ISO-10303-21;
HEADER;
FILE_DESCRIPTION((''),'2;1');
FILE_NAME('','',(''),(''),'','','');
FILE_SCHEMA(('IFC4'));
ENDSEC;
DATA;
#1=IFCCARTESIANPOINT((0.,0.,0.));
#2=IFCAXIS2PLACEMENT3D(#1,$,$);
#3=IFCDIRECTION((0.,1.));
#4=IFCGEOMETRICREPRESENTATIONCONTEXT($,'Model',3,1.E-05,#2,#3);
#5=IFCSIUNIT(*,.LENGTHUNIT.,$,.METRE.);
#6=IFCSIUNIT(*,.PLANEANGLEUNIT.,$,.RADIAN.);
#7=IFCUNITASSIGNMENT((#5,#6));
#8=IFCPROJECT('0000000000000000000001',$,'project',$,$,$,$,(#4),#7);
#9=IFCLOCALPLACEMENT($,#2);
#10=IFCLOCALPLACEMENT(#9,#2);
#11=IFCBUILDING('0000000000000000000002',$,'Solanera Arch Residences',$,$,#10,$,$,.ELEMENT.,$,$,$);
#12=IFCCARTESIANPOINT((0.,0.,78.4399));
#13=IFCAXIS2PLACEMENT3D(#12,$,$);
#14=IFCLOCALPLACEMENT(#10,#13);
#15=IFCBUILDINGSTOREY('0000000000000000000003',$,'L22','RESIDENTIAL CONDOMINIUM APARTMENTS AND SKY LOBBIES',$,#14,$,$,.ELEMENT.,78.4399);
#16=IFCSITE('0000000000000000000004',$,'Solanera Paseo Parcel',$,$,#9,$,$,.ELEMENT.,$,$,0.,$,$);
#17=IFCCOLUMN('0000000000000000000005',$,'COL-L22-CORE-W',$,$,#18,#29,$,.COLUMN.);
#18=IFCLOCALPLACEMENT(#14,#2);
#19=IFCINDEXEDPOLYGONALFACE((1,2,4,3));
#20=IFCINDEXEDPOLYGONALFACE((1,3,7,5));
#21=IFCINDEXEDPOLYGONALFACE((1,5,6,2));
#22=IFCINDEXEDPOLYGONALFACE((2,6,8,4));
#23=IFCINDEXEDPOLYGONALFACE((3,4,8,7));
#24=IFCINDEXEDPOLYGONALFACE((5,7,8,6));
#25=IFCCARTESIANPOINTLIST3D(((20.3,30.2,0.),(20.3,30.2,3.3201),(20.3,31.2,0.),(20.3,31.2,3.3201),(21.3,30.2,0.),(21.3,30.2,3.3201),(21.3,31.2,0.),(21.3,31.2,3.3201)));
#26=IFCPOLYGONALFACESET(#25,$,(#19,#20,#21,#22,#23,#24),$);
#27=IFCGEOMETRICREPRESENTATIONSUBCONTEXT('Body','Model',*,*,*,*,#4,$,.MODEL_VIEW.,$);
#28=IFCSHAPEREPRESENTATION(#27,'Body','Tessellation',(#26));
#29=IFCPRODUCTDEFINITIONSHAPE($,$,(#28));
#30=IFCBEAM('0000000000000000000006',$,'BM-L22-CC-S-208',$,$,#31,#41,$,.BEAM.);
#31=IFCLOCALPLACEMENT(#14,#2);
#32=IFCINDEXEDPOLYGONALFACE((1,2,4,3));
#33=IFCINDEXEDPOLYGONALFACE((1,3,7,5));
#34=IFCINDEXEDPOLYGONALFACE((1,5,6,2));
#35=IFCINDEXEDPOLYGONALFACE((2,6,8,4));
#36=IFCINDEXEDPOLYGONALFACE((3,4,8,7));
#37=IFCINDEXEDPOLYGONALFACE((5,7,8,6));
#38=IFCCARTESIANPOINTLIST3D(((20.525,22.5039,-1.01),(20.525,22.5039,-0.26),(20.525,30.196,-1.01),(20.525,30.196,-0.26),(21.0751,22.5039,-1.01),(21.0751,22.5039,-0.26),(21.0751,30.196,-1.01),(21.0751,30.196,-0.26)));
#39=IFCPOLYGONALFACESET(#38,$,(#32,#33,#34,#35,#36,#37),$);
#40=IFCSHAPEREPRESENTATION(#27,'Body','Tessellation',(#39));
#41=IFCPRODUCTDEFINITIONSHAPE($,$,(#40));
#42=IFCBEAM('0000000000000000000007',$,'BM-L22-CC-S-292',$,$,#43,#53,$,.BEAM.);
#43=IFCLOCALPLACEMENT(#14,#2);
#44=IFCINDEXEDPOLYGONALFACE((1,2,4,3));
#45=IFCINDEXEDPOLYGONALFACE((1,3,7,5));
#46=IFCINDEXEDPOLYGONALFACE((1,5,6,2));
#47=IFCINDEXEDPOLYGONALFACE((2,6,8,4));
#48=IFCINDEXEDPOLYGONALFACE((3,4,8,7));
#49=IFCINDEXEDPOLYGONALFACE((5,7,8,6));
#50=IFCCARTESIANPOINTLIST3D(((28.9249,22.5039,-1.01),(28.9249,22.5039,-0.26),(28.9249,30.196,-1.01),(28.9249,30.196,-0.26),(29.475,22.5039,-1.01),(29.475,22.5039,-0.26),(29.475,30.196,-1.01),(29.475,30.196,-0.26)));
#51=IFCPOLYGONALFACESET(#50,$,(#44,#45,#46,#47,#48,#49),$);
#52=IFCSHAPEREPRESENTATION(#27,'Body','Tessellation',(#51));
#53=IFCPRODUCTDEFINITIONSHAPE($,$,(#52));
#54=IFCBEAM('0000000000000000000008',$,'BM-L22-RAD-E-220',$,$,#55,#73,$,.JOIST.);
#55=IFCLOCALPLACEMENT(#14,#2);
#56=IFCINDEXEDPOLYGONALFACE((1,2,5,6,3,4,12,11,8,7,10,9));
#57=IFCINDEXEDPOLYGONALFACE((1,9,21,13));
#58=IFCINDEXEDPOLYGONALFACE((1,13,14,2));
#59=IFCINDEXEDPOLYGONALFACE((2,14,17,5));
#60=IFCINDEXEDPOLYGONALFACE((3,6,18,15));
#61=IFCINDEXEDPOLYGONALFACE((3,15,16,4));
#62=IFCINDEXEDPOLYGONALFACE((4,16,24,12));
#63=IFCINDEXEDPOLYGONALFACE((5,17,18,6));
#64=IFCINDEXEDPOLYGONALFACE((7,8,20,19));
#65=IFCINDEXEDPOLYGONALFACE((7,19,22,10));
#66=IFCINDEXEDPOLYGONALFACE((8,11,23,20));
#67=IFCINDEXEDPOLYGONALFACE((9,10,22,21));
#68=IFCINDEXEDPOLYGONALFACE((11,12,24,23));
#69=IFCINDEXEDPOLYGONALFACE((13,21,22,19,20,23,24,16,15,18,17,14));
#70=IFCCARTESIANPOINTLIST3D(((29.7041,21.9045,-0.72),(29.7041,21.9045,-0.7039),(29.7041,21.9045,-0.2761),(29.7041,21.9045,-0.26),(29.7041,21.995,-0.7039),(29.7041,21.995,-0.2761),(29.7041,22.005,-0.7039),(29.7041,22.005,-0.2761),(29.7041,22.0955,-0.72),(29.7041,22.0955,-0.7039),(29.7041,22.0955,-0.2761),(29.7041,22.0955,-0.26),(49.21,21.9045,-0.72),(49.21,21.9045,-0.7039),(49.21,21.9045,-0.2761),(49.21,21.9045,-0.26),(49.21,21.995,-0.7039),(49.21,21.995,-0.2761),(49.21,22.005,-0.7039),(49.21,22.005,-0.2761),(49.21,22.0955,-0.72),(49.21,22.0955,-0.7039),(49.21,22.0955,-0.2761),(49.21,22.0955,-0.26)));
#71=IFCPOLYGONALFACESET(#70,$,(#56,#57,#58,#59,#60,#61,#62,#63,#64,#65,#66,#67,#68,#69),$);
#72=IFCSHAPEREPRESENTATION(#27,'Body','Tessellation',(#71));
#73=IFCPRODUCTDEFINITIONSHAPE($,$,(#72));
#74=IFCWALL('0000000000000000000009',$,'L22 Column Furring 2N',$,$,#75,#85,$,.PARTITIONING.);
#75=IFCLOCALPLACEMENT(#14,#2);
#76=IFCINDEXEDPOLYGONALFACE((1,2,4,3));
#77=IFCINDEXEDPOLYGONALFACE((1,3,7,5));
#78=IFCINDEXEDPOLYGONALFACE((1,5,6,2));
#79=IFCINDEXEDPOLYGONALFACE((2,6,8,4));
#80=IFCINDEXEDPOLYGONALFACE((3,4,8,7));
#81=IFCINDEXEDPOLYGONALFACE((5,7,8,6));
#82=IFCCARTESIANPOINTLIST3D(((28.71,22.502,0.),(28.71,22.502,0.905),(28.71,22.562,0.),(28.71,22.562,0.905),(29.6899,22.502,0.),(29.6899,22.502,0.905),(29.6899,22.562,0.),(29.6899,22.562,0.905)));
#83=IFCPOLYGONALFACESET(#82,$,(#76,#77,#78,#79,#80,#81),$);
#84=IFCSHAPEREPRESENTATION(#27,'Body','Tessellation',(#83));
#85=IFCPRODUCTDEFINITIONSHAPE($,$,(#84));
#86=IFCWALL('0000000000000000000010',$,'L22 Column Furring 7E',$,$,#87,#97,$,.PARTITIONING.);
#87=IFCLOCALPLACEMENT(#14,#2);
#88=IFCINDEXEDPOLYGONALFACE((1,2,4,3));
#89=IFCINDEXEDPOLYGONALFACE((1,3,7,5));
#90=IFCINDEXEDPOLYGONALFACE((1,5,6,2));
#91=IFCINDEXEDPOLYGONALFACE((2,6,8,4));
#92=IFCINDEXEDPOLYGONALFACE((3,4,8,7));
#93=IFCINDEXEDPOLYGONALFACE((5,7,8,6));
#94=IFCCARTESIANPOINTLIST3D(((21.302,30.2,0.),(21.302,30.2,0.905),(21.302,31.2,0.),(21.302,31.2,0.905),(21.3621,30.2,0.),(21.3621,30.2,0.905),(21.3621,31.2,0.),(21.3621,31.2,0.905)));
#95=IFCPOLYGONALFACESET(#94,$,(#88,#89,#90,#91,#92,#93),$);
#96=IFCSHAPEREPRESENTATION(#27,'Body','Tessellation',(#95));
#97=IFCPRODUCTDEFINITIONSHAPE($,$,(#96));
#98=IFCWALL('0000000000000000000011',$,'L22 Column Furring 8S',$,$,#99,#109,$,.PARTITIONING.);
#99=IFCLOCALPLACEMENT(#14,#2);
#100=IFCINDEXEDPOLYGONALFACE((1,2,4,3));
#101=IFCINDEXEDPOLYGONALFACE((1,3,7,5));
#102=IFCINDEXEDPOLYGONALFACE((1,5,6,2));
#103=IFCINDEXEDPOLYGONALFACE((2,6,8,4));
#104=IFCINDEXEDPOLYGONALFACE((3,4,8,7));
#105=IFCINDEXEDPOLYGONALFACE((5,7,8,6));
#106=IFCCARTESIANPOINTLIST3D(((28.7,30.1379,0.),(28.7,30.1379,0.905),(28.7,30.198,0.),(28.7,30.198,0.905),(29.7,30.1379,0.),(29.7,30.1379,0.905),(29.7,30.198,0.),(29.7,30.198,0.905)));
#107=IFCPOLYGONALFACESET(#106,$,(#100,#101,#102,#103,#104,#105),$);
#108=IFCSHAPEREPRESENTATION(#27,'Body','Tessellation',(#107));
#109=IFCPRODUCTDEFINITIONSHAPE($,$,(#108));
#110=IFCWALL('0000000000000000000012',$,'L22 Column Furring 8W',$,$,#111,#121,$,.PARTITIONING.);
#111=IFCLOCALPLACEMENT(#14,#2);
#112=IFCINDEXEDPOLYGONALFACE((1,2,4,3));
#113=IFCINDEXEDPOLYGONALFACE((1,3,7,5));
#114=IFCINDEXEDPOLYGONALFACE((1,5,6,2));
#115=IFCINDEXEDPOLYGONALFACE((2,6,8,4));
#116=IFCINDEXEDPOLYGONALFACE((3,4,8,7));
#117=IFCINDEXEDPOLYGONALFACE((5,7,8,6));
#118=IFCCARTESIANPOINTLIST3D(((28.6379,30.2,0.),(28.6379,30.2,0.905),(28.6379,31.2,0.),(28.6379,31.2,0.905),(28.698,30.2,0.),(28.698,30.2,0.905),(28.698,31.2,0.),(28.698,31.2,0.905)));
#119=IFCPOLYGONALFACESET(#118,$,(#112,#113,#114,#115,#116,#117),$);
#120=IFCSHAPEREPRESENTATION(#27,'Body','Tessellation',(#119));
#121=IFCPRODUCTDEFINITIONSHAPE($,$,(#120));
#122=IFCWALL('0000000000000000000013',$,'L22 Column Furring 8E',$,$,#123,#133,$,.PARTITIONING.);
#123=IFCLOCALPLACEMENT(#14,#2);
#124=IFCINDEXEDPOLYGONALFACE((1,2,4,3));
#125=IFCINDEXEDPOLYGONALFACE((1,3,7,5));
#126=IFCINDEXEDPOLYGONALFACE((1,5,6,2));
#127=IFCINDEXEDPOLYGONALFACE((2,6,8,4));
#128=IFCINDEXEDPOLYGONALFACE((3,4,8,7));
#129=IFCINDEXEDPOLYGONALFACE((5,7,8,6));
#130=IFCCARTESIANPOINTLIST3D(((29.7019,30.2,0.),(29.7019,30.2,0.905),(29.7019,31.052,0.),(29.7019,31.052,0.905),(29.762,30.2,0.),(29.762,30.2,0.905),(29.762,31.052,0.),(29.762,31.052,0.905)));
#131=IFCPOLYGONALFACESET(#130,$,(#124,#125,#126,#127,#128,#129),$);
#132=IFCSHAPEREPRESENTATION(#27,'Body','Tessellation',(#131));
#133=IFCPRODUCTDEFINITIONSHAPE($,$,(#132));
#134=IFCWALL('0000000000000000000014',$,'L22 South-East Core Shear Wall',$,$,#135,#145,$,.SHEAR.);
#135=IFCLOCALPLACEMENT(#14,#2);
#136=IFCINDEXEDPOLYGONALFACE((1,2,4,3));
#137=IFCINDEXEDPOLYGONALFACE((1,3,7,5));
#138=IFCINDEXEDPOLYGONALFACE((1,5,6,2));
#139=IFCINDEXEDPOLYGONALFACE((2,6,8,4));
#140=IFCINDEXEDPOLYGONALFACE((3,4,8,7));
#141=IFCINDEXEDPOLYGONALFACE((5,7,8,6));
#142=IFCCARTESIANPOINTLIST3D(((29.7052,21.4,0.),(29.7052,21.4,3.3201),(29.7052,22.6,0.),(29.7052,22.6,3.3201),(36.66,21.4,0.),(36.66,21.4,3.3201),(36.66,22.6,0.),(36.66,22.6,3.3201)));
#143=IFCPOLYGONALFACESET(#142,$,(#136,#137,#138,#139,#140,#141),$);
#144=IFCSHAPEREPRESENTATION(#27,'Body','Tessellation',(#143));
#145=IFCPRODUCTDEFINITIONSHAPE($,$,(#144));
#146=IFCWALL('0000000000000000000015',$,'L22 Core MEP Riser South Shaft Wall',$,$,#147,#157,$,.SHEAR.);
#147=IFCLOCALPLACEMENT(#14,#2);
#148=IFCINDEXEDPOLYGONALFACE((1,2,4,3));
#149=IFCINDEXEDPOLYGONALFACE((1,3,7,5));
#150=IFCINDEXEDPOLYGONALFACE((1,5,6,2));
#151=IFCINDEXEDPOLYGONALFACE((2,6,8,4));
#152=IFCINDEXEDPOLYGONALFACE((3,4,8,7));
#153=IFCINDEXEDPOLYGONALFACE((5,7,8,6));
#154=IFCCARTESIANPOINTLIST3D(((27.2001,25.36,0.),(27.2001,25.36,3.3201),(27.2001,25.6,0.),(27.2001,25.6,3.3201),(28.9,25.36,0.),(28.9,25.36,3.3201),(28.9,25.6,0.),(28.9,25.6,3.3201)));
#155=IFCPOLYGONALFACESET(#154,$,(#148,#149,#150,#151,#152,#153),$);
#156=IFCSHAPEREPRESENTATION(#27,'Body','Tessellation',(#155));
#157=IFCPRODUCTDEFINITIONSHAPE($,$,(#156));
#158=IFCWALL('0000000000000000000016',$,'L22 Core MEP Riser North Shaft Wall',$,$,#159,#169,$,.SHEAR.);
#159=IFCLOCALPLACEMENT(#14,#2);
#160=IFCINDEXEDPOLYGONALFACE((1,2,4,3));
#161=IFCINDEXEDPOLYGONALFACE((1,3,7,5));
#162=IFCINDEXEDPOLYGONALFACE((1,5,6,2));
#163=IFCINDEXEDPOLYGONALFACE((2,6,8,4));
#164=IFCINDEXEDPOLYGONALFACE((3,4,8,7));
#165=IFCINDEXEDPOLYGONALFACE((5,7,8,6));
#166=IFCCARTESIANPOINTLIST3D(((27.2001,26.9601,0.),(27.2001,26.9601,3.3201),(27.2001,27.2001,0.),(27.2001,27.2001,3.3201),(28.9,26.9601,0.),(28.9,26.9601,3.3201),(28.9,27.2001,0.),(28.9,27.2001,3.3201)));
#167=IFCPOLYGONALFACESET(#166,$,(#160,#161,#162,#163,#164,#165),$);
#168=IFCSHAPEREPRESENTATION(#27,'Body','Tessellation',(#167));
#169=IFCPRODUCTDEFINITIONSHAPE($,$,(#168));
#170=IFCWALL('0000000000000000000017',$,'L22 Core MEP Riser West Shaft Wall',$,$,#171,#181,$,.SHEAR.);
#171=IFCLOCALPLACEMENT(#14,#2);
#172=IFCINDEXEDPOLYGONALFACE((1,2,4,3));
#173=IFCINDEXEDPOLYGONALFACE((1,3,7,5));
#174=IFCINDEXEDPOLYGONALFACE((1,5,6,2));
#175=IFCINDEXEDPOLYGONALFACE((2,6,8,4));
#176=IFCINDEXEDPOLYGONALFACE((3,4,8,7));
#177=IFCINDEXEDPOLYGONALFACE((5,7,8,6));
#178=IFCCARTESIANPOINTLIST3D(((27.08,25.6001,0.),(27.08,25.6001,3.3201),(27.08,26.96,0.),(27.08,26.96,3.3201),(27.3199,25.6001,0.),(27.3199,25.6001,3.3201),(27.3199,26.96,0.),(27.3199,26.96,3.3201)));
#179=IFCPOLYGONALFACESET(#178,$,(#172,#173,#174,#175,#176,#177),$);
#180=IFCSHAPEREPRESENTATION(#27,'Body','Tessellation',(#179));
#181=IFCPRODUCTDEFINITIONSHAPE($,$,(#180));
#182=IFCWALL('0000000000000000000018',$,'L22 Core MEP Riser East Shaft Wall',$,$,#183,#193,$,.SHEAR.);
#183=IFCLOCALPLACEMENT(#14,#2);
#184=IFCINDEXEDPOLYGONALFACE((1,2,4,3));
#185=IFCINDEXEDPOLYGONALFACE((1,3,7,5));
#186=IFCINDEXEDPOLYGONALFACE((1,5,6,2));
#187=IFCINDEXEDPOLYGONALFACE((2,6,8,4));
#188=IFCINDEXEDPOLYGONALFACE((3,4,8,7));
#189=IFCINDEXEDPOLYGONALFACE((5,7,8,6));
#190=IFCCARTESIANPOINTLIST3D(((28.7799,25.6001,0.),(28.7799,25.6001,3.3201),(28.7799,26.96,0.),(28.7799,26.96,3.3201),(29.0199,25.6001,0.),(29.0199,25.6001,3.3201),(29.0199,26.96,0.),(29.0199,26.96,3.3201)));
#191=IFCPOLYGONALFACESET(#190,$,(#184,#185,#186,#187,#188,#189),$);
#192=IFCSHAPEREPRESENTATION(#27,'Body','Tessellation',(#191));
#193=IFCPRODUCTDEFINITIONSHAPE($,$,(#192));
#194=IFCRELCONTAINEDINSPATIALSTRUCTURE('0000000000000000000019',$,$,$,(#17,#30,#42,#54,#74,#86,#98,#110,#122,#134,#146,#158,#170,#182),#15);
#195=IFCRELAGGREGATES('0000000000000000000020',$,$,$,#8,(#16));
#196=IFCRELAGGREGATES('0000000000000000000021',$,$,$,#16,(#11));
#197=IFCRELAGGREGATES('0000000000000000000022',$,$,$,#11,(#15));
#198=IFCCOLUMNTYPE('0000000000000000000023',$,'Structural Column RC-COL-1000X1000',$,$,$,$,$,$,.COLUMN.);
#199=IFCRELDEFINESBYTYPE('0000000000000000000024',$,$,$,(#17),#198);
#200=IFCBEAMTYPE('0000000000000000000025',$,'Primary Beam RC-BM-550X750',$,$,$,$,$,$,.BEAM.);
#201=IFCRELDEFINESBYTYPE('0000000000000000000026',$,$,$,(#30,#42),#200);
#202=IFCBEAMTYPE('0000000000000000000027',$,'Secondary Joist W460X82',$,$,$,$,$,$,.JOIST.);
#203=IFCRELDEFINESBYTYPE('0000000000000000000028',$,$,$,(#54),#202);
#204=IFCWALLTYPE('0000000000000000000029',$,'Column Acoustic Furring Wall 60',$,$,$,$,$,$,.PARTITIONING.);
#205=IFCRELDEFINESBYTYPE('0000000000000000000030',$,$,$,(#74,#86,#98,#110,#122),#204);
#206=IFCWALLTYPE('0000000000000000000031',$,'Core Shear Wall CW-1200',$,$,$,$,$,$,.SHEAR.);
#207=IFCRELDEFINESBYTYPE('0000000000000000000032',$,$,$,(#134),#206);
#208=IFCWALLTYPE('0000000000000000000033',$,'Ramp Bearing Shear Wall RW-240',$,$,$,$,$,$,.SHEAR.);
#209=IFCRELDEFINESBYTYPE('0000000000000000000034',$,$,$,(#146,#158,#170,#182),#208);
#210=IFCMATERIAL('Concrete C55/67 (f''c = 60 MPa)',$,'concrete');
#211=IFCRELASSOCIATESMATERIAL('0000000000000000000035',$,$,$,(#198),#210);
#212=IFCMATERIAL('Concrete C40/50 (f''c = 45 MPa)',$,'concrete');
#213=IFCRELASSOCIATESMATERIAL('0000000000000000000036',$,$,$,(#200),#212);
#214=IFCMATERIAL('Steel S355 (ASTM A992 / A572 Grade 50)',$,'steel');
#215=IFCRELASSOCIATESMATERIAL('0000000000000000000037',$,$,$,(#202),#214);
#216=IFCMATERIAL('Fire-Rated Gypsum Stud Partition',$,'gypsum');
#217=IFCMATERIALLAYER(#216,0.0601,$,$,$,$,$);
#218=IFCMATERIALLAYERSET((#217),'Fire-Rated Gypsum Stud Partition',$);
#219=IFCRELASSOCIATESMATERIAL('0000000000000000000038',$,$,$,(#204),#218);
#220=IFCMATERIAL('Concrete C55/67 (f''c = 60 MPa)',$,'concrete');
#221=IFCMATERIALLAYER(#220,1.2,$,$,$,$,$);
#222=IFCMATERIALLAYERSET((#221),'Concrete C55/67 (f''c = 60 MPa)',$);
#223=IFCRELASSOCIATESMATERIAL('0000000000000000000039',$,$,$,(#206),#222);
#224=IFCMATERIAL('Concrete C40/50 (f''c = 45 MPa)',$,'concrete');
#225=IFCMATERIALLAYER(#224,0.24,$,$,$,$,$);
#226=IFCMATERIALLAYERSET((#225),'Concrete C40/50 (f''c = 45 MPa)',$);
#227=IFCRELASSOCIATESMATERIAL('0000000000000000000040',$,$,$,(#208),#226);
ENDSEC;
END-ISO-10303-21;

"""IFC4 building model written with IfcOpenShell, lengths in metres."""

from ifc_helpers import new_model, si_unit, direction, frame, frame_2d, origin, origin_2d, place, context, subcontext, project, spatial, rectangle, i_section, extrude, material, layer, layer_set, material_profile, profile_set, type_object, element, save


model = new_model("IFC4")

# Units and contexts
model_context = context("Model", 3, precision=1e-05, world=origin(), true_north=direction((0.0, 1.0)))
body_context = subcontext(model_context, "Body", "Model", "MODEL_VIEW")
ifc_project = project(units=[si_unit("LENGTHUNIT", "METRE"), si_unit("PLANEANGLEUNIT", "RADIAN")], contexts=[model_context])

# Site, building, storey
site_placement = place(None, origin())
site = spatial("IfcSite", under=ifc_project, at=site_placement, Name="Solanera Paseo Parcel", CompositionType="ELEMENT", RefElevation=0.0)
building_placement = place(site_placement, origin())
building = spatial("IfcBuilding", under=site, at=building_placement, Name="Solanera Arch Residences", CompositionType="ELEMENT")
storey_placement = place(building_placement, frame((0.0, 0.0, 78.4399)))
storey = spatial("IfcBuildingStorey", under=building, at=storey_placement, Name="L22", Description="RESIDENTIAL CONDOMINIUM APARTMENTS AND SKY LOBBIES", CompositionType="ELEMENT", Elevation=78.4399)

# Column
ifc_material_1 = material(Name="Concrete C55/67 (f'c = 60 MPa)", Category="concrete")
ifc_material_profile_1 = material_profile(ifc_material_1, rectangle(XDim=1.0, YDim=1.0, at=origin_2d()))
ifc_profile_set_1 = profile_set([ifc_material_profile_1], Name="Concrete C55/67 (f'c = 60 MPa)")
column_type = type_object("IfcColumnType", Name="Structural Column RC-COL-1000X1000", PredefinedType="COLUMN", material=ifc_profile_set_1)
column_placement = place(storey_placement, frame((20.8, 30.7, 0.0), z_axis=(0.0, 0.0, 1.0), x_axis=(1.0, 0.0, 0.0)))
element("IfcColumn", 1, at=column_placement, inside=storey, type_object=column_type, Name="COL-L22-CORE-W", PredefinedType="COLUMN", context=body_context, shape_type="SweptSolid", body=[
    extrude(rectangle(XDim=1.0, YDim=1.0, at=origin_2d()), origin(), (0.0, 0.0, 1.0), 3.3201),
])

# Beams
ifc_material_2 = material(Name="Concrete C40/50 (f'c = 45 MPa)", Category="concrete")
ifc_material_profile_2 = material_profile(ifc_material_2, rectangle(XDim=0.55, YDim=0.75, at=origin_2d()))
ifc_profile_set_2 = profile_set([ifc_material_profile_2], Name="Concrete C40/50 (f'c = 45 MPa)")
beam_type_1 = type_object("IfcBeamType", Name="Primary Beam RC-BM-550X750", PredefinedType="BEAM", material=ifc_profile_set_2)
for number, where, z_axis, x_axis, name in (
    (2, (20.8, 22.5039, -0.635), (0.0, 1.0, 0.0), (-1.0, 0.0, 0.0), "BM-L22-CC-S-208"),
    (3, (29.2, 22.5039, -0.635), (0.0, 1.0, 0.0), (-1.0, 0.0, 0.0), "BM-L22-CC-S-292"),
):
    element("IfcBeam", number, at=place(storey_placement, frame(where, z_axis=z_axis, x_axis=x_axis)), inside=storey, type_object=beam_type_1, Name=name, PredefinedType="BEAM", context=body_context, shape_type="SweptSolid", body=[
        extrude(rectangle(XDim=0.55, YDim=0.75, at=origin_2d()), origin(), (0.0, 0.0, 1.0), 7.6921),
    ])
ifc_material_3 = material(Name="Steel S355 (ASTM A992 / A572 Grade 50)", Category="steel")
ifc_material_profile_3 = material_profile(ifc_material_3, i_section(OverallWidth=0.1909, OverallDepth=0.46, WebThickness=0.01, FlangeThickness=0.0161, at=origin_2d()))
ifc_profile_set_3 = profile_set([ifc_material_profile_3], Name="Steel S355 (ASTM A992 / A572 Grade 50)")
beam_type_2 = type_object("IfcBeamType", Name="Secondary Joist W460X82", PredefinedType="JOIST", material=ifc_profile_set_3)
beam_placement = place(storey_placement, frame((29.7041, 22.0, -0.49), z_axis=(1.0, 0.0, 0.0), x_axis=(0.0, 1.0, 0.0)))
element("IfcBeam", 4, at=beam_placement, inside=storey, type_object=beam_type_2, Name="BM-L22-RAD-E-220", PredefinedType="JOIST", context=body_context, shape_type="SweptSolid", body=[
    extrude(i_section(OverallWidth=0.1909, OverallDepth=0.46, WebThickness=0.01, FlangeThickness=0.0161, at=origin_2d()), origin(), (0.0, 0.0, 1.0), 19.5059),
])

# Walls
ifc_material_4 = material(Name="Fire-Rated Gypsum Stud Partition", Category="gypsum")
ifc_layer_1 = layer(ifc_material_4, 0.0601)
ifc_layer_set_1 = layer_set([ifc_layer_1], Name="Fire-Rated Gypsum Stud Partition")
wall_type_1 = type_object("IfcWallType", Name="Column Acoustic Furring Wall 60", PredefinedType="PARTITIONING", material=ifc_layer_set_1)
wall_1_placement = place(storey_placement, frame((28.71, 22.532, 0.0), z_axis=(0.0, 0.0, 1.0), x_axis=(1.0, 0.0, 0.0)))
element("IfcWall", 5, at=wall_1_placement, inside=storey, type_object=wall_type_1, Name="L22 Column Furring 2N", PredefinedType="PARTITIONING", context=body_context, shape_type="SweptSolid", body=[
    extrude(rectangle(XDim=0.98, YDim=0.0601, at=frame_2d((0.49, 0.0))), origin(), (0.0, 0.0, 1.0), 0.905),
])
for number, where, z_axis, x_axis, name in (
    (6, (21.332, 30.2, 0.0), (0.0, 0.0, 1.0), (0.0, 1.0, 0.0), "L22 Column Furring 7E"),
    (7, (28.7, 30.168, 0.0), (0.0, 0.0, 1.0), (1.0, 0.0, 0.0), "L22 Column Furring 8S"),
    (8, (28.668, 30.2, 0.0), (0.0, 0.0, 1.0), (0.0, 1.0, 0.0), "L22 Column Furring 8W"),
):
    element("IfcWall", number, at=place(storey_placement, frame(where, z_axis=z_axis, x_axis=x_axis)), inside=storey, type_object=wall_type_1, Name=name, PredefinedType="PARTITIONING", context=body_context, shape_type="SweptSolid", body=[
        extrude(rectangle(XDim=1.0, YDim=0.0601, at=frame_2d((0.5, 0.0))), origin(), (0.0, 0.0, 1.0), 0.905),
    ])
wall_2_placement = place(storey_placement, frame((29.7319, 30.2, 0.0), z_axis=(0.0, 0.0, 1.0), x_axis=(0.0, 1.0, 0.0)))
element("IfcWall", 9, at=wall_2_placement, inside=storey, type_object=wall_type_1, Name="L22 Column Furring 8E", PredefinedType="PARTITIONING", context=body_context, shape_type="SweptSolid", body=[
    extrude(rectangle(XDim=0.8521, YDim=0.0601, at=frame_2d((0.426, 0.0))), origin(), (0.0, 0.0, 1.0), 0.905),
])
ifc_material_5 = material(Name="Concrete C55/67 (f'c = 60 MPa)", Category="concrete")
ifc_layer_2 = layer(ifc_material_5, 1.2)
ifc_layer_set_2 = layer_set([ifc_layer_2], Name="Concrete C55/67 (f'c = 60 MPa)")
wall_type_2 = type_object("IfcWallType", Name="Core Shear Wall CW-1200", PredefinedType="SHEAR", material=ifc_layer_set_2)
wall_3_placement = place(storey_placement, frame((29.7051, 22.0, 0.0), z_axis=(0.0, 0.0, 1.0), x_axis=(1.0, 0.0, 0.0)))
element("IfcWall", 10, at=wall_3_placement, inside=storey, type_object=wall_type_2, Name="L22 South-East Core Shear Wall", PredefinedType="SHEAR", context=body_context, shape_type="SweptSolid", body=[
    extrude(rectangle(XDim=6.9548, YDim=1.2, at=frame_2d((3.4775, 0.0))), origin(), (0.0, 0.0, 1.0), 3.3201),
])
ifc_material_6 = material(Name="Concrete C40/50 (f'c = 45 MPa)", Category="concrete")
ifc_layer_3 = layer(ifc_material_6, 0.24)
ifc_layer_set_3 = layer_set([ifc_layer_3], Name="Concrete C40/50 (f'c = 45 MPa)")
wall_type_3 = type_object("IfcWallType", Name="Ramp Bearing Shear Wall RW-240", PredefinedType="SHEAR", material=ifc_layer_set_3)
for number, where, z_axis, x_axis, name in (
    (11, (27.2, 25.48, 0.0), (0.0, 0.0, 1.0), (1.0, 0.0, 0.0), "L22 Core MEP Riser South Shaft Wall"),
    (12, (27.2, 27.0801, 0.0), (0.0, 0.0, 1.0), (1.0, 0.0, 0.0), "L22 Core MEP Riser North Shaft Wall"),
):
    element("IfcWall", number, at=place(storey_placement, frame(where, z_axis=z_axis, x_axis=x_axis)), inside=storey, type_object=wall_type_3, Name=name, PredefinedType="SHEAR", context=body_context, shape_type="SweptSolid", body=[
        extrude(rectangle(XDim=1.7, YDim=0.24, at=frame_2d((0.8501, 0.0))), origin(), (0.0, 0.0, 1.0), 3.3201),
    ])
for number, where, z_axis, x_axis, name in (
    (13, (27.2, 25.6001, 0.0), (0.0, 0.0, 1.0), (0.0, 1.0, 0.0), "L22 Core MEP Riser West Shaft Wall"),
    (14, (28.8999, 25.6001, 0.0), (0.0, 0.0, 1.0), (0.0, 1.0, 0.0), "L22 Core MEP Riser East Shaft Wall"),
):
    element("IfcWall", number, at=place(storey_placement, frame(where, z_axis=z_axis, x_axis=x_axis)), inside=storey, type_object=wall_type_3, Name=name, PredefinedType="SHEAR", context=body_context, shape_type="SweptSolid", body=[
        extrude(rectangle(XDim=1.3599, YDim=0.24, at=frame_2d((0.6799, 0.0))), origin(), (0.0, 0.0, 1.0), 3.3201),
    ])

save(model, "model.ifc")
